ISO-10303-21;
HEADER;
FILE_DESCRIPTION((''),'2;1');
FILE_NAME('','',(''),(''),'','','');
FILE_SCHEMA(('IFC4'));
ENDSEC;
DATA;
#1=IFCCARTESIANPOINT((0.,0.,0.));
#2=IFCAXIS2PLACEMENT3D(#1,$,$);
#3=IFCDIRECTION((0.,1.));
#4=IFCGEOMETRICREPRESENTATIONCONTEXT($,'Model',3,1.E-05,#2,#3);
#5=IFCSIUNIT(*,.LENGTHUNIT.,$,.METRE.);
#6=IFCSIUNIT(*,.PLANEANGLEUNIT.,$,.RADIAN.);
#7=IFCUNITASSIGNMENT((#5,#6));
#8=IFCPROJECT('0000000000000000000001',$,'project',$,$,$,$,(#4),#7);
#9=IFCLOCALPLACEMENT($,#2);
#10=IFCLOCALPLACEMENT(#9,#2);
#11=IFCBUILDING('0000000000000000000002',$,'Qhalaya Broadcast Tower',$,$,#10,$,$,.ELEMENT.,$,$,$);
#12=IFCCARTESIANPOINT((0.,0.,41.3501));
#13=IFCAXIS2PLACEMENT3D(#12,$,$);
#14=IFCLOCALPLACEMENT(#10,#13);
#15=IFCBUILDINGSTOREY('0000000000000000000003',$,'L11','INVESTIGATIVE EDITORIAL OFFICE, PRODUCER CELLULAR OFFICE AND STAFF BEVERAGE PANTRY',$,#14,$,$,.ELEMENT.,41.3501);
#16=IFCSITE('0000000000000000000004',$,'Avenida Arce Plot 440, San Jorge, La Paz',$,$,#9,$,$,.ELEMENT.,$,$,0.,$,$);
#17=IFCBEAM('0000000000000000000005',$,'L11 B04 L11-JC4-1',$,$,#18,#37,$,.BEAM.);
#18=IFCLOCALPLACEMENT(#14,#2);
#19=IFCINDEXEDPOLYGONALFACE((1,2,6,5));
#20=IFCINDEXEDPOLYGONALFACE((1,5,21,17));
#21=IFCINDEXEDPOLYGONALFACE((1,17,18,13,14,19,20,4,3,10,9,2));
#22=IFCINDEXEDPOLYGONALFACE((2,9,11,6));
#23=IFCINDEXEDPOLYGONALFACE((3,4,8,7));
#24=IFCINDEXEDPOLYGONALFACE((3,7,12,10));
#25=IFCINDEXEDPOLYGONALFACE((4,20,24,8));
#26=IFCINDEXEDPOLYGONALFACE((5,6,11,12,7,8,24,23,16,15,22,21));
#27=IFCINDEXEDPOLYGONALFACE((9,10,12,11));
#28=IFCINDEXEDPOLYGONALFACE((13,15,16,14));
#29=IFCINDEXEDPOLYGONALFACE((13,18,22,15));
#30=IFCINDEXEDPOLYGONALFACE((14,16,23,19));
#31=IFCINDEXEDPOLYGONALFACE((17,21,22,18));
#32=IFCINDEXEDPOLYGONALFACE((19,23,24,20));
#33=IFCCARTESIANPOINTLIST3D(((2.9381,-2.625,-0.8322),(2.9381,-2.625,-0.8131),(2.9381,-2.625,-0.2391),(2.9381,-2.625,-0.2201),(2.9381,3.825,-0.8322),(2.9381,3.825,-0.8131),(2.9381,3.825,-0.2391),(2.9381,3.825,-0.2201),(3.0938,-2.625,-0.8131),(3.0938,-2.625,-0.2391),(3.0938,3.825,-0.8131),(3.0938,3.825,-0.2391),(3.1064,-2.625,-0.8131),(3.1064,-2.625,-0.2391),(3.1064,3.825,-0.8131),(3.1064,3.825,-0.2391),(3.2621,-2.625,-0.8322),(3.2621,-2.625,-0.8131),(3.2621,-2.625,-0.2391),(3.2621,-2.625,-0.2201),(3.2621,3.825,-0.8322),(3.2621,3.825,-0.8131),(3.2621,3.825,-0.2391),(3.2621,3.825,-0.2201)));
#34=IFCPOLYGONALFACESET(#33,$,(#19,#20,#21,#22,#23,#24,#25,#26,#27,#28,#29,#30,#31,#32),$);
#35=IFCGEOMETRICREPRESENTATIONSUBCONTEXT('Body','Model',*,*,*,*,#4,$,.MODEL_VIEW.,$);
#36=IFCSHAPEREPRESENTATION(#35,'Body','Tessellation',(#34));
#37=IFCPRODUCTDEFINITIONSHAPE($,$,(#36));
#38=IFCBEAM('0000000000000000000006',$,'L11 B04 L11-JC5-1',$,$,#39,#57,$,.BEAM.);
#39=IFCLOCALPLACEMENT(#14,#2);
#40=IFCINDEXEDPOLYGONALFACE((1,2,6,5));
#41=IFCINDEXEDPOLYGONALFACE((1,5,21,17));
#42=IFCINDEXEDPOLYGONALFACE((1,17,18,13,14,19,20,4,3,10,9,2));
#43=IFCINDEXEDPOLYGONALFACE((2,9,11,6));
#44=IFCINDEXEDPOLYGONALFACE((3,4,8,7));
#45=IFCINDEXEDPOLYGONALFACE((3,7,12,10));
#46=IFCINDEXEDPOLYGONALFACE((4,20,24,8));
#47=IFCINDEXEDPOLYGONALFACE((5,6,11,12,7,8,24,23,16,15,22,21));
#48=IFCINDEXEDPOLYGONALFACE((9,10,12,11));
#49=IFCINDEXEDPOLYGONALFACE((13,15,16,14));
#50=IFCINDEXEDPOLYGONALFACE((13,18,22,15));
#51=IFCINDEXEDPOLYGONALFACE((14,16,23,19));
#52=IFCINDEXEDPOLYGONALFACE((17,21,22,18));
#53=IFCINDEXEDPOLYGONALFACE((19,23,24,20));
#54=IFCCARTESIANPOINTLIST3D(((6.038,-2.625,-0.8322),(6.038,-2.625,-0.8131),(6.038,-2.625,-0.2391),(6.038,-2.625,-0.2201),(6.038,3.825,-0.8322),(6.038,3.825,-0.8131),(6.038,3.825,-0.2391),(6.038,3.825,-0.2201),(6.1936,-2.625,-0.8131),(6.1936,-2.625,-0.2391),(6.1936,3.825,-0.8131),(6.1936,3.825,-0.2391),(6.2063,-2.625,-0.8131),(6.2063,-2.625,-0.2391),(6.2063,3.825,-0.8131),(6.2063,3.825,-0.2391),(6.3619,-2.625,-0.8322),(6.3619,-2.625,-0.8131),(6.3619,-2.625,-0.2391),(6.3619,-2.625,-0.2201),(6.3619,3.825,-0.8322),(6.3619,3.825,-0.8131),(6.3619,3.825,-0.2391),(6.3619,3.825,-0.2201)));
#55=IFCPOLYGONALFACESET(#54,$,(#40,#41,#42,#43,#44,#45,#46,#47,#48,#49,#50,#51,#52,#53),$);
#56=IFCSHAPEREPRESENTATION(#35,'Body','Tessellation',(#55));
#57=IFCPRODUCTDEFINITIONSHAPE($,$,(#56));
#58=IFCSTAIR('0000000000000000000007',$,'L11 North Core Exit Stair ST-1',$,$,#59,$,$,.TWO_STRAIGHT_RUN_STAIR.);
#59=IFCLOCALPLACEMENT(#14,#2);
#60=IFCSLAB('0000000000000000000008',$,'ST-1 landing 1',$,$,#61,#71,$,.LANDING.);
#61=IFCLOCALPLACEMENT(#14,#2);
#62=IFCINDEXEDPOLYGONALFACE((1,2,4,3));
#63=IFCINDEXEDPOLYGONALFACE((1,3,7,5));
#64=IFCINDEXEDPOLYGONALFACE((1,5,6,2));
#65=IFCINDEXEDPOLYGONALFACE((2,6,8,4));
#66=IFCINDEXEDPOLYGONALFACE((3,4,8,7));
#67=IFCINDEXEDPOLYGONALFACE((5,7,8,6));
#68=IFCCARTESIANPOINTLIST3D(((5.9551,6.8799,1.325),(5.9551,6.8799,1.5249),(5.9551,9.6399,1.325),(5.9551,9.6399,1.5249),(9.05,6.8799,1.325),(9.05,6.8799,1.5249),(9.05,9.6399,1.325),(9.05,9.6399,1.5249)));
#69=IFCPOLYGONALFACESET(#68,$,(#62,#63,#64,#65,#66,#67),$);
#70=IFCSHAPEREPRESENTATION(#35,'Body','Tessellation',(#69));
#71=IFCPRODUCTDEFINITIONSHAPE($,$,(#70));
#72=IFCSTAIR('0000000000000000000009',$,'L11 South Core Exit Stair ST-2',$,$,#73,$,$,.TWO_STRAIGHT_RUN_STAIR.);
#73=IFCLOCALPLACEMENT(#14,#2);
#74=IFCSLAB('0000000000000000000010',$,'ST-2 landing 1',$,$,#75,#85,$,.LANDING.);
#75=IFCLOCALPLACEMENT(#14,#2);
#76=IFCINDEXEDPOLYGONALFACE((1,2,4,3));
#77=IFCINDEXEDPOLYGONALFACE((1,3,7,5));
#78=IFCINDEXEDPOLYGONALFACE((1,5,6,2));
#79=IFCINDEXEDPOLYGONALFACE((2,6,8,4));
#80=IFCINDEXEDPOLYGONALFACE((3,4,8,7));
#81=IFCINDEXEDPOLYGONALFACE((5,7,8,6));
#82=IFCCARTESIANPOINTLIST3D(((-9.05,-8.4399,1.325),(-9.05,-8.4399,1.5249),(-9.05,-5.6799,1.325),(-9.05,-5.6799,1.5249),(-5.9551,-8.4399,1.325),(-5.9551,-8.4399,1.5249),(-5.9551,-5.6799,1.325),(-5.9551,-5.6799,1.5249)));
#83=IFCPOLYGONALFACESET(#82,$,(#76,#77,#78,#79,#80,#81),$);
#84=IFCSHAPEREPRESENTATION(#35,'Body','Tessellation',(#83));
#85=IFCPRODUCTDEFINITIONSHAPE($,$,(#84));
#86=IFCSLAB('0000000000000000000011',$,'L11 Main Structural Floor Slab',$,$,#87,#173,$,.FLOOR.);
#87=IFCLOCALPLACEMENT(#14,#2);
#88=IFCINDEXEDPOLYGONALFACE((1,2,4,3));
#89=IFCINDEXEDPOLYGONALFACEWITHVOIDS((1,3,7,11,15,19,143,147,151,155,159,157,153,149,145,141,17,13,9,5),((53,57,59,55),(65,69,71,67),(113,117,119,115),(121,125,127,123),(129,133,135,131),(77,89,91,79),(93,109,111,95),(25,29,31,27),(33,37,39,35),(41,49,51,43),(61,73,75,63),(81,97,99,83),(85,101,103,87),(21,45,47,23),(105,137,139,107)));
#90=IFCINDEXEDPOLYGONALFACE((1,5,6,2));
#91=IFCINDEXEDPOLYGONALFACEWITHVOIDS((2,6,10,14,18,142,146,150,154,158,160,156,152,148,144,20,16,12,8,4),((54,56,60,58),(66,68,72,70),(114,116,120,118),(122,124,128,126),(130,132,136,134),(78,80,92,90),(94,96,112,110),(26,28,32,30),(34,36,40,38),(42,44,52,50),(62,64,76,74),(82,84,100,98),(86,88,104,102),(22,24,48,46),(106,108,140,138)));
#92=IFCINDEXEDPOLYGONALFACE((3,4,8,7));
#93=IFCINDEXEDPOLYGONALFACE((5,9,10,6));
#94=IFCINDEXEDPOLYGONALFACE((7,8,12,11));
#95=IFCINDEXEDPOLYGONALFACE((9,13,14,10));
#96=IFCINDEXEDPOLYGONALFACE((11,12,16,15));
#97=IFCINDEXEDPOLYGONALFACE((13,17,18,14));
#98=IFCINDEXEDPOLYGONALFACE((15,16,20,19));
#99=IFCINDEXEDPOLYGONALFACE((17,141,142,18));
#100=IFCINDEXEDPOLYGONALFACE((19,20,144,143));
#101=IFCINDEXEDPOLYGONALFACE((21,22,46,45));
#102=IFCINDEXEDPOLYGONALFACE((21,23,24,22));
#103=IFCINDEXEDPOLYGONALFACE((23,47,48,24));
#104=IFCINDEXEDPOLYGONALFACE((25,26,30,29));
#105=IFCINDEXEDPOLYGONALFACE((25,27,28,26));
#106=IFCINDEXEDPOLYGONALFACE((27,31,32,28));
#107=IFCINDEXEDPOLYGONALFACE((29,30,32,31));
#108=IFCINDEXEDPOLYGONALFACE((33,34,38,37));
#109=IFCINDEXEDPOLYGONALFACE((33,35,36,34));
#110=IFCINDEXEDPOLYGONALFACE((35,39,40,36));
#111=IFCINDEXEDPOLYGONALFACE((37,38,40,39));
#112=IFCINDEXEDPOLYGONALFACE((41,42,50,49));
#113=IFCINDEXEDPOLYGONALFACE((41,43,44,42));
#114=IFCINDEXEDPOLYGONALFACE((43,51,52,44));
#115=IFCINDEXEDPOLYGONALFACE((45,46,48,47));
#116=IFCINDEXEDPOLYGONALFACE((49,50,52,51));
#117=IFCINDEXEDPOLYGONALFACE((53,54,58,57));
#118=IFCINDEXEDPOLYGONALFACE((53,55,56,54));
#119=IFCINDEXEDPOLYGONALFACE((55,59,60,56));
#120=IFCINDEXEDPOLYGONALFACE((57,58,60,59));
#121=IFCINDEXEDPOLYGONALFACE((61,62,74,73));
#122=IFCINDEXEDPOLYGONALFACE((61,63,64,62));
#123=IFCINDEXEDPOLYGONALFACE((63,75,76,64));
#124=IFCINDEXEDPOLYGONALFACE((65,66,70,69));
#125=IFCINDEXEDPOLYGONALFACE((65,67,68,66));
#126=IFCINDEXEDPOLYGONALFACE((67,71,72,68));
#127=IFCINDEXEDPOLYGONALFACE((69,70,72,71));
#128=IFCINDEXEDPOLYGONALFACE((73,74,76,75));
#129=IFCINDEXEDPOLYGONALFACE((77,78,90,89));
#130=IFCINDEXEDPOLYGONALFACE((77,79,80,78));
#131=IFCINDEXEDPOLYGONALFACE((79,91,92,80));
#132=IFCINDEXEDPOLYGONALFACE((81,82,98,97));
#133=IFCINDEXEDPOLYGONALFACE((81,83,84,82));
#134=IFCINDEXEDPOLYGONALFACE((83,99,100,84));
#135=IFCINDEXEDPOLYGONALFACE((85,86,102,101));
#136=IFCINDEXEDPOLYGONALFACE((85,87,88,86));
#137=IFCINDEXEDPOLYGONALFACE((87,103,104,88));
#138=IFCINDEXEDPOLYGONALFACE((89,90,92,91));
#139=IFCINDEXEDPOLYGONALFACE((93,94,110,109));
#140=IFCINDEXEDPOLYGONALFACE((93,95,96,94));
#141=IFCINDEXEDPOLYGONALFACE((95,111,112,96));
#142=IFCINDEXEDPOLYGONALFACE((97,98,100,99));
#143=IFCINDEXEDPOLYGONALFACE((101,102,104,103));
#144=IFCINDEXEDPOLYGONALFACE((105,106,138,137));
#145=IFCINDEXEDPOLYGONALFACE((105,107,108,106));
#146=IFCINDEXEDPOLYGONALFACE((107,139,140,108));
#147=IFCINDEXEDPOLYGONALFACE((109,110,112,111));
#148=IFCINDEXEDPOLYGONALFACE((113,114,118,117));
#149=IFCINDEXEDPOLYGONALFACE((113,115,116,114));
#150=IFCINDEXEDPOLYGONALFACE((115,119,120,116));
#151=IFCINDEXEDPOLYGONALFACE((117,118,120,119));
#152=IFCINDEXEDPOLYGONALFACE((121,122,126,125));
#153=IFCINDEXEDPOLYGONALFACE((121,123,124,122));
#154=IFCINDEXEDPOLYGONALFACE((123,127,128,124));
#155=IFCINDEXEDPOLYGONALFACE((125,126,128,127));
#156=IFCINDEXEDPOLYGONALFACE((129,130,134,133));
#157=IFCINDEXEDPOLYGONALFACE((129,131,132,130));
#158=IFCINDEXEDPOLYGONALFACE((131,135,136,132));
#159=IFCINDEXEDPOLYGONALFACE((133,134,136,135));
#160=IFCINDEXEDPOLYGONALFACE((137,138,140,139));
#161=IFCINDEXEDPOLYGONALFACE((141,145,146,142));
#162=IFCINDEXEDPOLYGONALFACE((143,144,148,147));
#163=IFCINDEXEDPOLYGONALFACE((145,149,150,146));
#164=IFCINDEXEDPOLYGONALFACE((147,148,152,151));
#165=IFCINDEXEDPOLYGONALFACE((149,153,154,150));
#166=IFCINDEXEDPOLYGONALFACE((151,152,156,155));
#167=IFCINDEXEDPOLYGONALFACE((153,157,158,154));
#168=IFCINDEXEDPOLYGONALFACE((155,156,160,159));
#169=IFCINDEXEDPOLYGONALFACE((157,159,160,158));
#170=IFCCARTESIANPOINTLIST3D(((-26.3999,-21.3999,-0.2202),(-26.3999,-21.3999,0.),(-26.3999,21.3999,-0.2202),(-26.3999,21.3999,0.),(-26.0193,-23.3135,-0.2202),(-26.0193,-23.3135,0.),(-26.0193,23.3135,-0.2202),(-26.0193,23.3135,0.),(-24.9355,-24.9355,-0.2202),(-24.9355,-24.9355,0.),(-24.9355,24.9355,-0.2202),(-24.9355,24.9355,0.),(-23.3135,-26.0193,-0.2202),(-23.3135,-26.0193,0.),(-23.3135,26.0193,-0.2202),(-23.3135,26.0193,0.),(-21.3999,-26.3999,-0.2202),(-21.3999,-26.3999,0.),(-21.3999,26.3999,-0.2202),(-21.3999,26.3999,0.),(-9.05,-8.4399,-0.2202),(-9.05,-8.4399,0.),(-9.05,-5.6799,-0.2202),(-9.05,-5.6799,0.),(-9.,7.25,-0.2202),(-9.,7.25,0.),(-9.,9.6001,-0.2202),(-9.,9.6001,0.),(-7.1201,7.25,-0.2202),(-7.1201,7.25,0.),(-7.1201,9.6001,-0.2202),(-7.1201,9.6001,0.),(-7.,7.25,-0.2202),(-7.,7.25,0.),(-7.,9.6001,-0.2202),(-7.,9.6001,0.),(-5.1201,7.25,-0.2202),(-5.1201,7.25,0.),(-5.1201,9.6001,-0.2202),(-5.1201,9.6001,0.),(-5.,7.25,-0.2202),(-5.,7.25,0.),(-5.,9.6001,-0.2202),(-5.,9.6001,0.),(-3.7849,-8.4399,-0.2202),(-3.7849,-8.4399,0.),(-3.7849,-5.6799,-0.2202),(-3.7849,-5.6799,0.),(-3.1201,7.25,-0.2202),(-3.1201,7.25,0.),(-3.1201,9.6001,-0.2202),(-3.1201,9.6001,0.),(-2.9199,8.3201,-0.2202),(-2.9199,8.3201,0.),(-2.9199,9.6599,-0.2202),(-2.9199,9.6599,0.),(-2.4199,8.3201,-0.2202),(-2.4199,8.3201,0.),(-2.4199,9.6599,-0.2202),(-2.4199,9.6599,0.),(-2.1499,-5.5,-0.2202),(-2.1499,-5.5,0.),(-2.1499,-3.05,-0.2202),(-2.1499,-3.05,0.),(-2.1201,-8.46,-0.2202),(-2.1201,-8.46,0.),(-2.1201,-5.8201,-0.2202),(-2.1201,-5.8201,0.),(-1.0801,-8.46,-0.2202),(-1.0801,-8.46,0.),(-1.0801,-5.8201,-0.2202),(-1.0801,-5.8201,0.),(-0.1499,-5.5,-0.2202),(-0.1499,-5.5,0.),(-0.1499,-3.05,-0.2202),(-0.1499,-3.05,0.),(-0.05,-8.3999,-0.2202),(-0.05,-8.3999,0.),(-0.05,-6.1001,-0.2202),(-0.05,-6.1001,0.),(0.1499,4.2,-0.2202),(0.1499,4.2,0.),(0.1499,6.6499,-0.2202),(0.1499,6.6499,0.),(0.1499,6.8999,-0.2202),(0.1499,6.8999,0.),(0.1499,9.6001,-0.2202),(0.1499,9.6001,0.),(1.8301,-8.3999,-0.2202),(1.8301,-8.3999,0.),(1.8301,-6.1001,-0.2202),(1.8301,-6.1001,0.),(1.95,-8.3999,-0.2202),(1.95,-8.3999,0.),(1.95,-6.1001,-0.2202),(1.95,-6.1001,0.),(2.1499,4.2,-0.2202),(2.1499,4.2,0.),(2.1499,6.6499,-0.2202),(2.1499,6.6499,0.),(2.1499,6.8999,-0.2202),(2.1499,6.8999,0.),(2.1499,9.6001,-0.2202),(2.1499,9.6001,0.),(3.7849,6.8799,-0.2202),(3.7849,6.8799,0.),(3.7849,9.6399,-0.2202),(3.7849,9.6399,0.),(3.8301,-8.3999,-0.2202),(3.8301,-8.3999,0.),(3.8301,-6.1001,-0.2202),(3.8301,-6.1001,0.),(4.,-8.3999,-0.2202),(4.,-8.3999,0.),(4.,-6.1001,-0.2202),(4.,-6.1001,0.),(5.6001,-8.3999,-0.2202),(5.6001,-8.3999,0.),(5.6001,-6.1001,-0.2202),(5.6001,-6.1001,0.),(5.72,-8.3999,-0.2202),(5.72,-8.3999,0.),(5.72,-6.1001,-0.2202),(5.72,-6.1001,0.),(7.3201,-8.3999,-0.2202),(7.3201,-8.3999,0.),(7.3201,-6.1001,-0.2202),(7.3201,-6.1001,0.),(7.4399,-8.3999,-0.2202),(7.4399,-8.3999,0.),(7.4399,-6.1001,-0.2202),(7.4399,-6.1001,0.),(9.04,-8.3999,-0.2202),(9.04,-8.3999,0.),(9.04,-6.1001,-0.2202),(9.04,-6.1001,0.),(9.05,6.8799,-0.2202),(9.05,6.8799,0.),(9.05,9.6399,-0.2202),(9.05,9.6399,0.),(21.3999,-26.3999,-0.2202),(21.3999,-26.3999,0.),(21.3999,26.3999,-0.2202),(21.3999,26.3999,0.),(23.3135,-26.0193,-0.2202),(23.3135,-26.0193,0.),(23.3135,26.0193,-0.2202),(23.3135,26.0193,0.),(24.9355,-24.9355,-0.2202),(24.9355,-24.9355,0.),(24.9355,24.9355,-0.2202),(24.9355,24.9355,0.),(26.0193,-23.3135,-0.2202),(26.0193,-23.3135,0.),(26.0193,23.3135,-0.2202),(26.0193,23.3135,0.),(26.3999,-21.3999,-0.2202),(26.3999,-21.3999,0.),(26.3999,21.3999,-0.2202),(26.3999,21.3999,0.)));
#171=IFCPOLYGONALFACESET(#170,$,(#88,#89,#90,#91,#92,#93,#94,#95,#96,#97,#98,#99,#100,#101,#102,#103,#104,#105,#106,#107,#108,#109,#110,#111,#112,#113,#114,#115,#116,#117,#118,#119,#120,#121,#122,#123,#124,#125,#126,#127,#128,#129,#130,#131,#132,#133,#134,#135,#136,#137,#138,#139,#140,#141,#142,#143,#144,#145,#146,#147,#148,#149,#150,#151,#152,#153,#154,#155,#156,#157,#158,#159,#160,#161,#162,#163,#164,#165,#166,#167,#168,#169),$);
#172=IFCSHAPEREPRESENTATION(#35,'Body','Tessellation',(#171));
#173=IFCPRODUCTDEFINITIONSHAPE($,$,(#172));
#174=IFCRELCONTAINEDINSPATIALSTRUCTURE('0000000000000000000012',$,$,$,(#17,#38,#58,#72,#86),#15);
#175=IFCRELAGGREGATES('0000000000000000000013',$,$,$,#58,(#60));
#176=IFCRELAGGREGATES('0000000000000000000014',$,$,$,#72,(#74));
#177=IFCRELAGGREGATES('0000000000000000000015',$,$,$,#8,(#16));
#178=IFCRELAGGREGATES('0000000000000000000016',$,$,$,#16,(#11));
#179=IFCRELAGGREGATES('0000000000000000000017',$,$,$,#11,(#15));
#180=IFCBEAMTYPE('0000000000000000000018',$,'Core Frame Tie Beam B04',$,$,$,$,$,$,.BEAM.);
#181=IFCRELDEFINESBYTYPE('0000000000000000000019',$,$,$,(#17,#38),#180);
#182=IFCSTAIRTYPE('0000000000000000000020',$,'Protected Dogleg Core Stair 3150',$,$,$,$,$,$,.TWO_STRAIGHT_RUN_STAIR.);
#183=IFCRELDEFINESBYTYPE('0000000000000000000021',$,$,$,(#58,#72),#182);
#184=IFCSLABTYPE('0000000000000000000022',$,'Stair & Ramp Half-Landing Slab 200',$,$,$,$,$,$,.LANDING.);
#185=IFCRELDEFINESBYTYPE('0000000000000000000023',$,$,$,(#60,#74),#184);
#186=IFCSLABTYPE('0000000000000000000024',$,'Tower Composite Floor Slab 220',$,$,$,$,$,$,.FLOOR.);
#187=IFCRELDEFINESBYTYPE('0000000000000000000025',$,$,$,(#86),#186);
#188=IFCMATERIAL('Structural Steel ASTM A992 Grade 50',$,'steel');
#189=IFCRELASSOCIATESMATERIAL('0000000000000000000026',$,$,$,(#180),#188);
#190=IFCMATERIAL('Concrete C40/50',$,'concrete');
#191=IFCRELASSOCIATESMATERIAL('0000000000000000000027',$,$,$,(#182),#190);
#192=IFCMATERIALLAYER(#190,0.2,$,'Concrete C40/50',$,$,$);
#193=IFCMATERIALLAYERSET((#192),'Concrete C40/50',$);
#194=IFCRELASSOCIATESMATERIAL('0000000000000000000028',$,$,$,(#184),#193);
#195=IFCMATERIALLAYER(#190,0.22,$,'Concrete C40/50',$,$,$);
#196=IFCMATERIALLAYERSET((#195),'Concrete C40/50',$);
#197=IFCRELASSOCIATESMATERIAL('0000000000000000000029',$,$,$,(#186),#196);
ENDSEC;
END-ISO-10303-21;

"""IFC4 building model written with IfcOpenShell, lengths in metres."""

from ifc_helpers import new_model, si_unit, direction, frame, origin, origin_2d, place, context, subcontext, project, spatial, polyline, i_section, outline, extrude, material, layer, layer_set, material_profile, profile_set, type_object, element, aggregate, save


model = new_model("IFC4")

# Units and contexts
model_context = context("Model", 3, precision=1e-05, world=origin(), true_north=direction((0.0, 1.0)))
body_context = subcontext(model_context, "Body", "Model", "MODEL_VIEW")
ifc_project = project(units=[si_unit("LENGTHUNIT", "METRE"), si_unit("PLANEANGLEUNIT", "RADIAN")], contexts=[model_context])

# Site, building, storey
site_placement = place(None, origin())
site = spatial("IfcSite", under=ifc_project, at=site_placement, Name="Avenida Arce Plot 440, San Jorge, La Paz", CompositionType="ELEMENT", RefElevation=0.0)
building_placement = place(site_placement, origin())
building = spatial("IfcBuilding", under=site, at=building_placement, Name="Qhalaya Broadcast Tower", CompositionType="ELEMENT")
storey_placement = place(building_placement, frame((0.0, 0.0, 41.3501)))
storey = spatial("IfcBuildingStorey", under=building, at=storey_placement, Name="L11", Description="INVESTIGATIVE EDITORIAL OFFICE, PRODUCER CELLULAR OFFICE AND STAFF BEVERAGE PANTRY", CompositionType="ELEMENT", Elevation=41.3501)

# Beams
ifc_material_1 = material(Name="Structural Steel ASTM A992 Grade 50", Category="steel")
ifc_material_profile = material_profile(ifc_material_1, i_section(OverallWidth=0.324, OverallDepth=0.6121, WebThickness=0.0127, FlangeThickness=0.019, at=origin_2d()), Name="W24X104")
ifc_profile_set = profile_set([ifc_material_profile], Name="Structural Steel ASTM A992 Grade 50")
beam_type = type_object("IfcBeamType", Name="Core Frame Tie Beam B04", PredefinedType="BEAM", material=ifc_profile_set)
for number, where, z_axis, x_axis, name in (
    (1, (3.1001, -2.625, -0.5261), (0.0, 1.0, 0.0), (-1.0, 0.0, 0.0), "L11 B04 L11-JC4-1"),
    (2, (6.2, -2.625, -0.5261), (0.0, 1.0, 0.0), (-1.0, 0.0, 0.0), "L11 B04 L11-JC5-1"),
):
    element("IfcBeam", number, at=place(storey_placement, frame(where, z_axis=z_axis, x_axis=x_axis)), inside=storey, type_object=beam_type, Name=name, PredefinedType="BEAM", context=body_context, shape_type="SweptSolid", body=[
        extrude(i_section(OverallWidth=0.324, OverallDepth=0.6121, WebThickness=0.0127, FlangeThickness=0.019, at=origin_2d()), origin(), (0.0, 0.0, 1.0), 6.45),
    ])

# Stairs, slabs
ifc_material_2 = material(Name="Concrete C40/50", Category="concrete")
stair_type = type_object("IfcStairType", Name="Protected Dogleg Core Stair 3150", PredefinedType="TWO_STRAIGHT_RUN_STAIR", material=ifc_material_2)
stair_1_placement = place(storey_placement, origin())
stair_1 = element("IfcStair", 3, at=stair_1_placement, inside=storey, type_object=stair_type, Name="L11 North Core Exit Stair ST-1", PredefinedType="TWO_STRAIGHT_RUN_STAIR")
ifc_layer_1 = layer(ifc_material_2, 0.2, Name="Concrete C40/50")
ifc_layer_set_1 = layer_set([ifc_layer_1], Name="Concrete C40/50")
slab_type_1 = type_object("IfcSlabType", Name="Stair & Ramp Half-Landing Slab 200", PredefinedType="LANDING", material=ifc_layer_set_1)
slab_1_placement = place(storey_placement, frame((0.0, 0.0, 1.325)))
slab_1 = element("IfcSlab", 4, at=slab_1_placement, type_object=slab_type_1, Name="ST-1 landing 1", PredefinedType="LANDING", context=body_context, shape_type="SweptSolid", body=[
    extrude(outline(polyline([(5.9551, 6.8799), (9.05, 6.8799), (9.05, 9.6399), (5.9551, 9.6399), (5.9551, 6.8799)])), origin(), (0.0, 0.0, 1.0), 0.2),
])
aggregate(stair_1, [slab_1])
stair_2_placement = place(storey_placement, origin())
stair_2 = element("IfcStair", 5, at=stair_2_placement, inside=storey, type_object=stair_type, Name="L11 South Core Exit Stair ST-2", PredefinedType="TWO_STRAIGHT_RUN_STAIR")
slab_2_placement = place(storey_placement, frame((0.0, 0.0, 1.325)))
slab_2 = element("IfcSlab", 6, at=slab_2_placement, type_object=slab_type_1, Name="ST-2 landing 1", PredefinedType="LANDING", context=body_context, shape_type="SweptSolid", body=[
    extrude(outline(polyline([(-5.9551, -5.6799), (-9.05, -5.6799), (-9.05, -8.4399), (-5.9551, -8.4399), (-5.9551, -5.6799)])), origin(), (0.0, 0.0, 1.0), 0.2),
])
aggregate(stair_2, [slab_2])

# Slab
ifc_layer_2 = layer(ifc_material_2, 0.22, Name="Concrete C40/50")
ifc_layer_set_2 = layer_set([ifc_layer_2], Name="Concrete C40/50")
slab_type_2 = type_object("IfcSlabType", Name="Tower Composite Floor Slab 220", PredefinedType="FLOOR", material=ifc_layer_set_2)
slab_3_placement = place(storey_placement, frame((0.0, 0.0, -0.2202)))
element("IfcSlab", 7, at=slab_3_placement, inside=storey, type_object=slab_type_2, Name="L11 Main Structural Floor Slab", PredefinedType="FLOOR", context=body_context, shape_type="SweptSolid", body=[
    extrude(outline(polyline([(21.3999, -26.3999), (23.3135, -26.0193), (24.9355, -24.9355), (26.0193, -23.3135), (26.3999, -21.3999), (26.3999, 21.3999), (26.0193, 23.3135), (24.9355, 24.9355), (23.3135, 26.0193), (21.3999, 26.3999), (-21.3999, 26.3999), (-23.3135, 26.0193), (-24.9355, 24.9355), (-26.0193, 23.3135), (-26.3999, 21.3999), (-26.3999, -21.3999), (-26.0193, -23.3135), (-24.9355, -24.9355), (-23.3135, -26.0193), (-21.3999, -26.3999), (21.3999, -26.3999)]), holes=[polyline([(3.7849, 9.6399), (9.05, 9.6399), (9.05, 6.8799), (3.7849, 6.8799), (3.7849, 9.6399)]), polyline([(-3.7849, -8.4399), (-9.05, -8.4399), (-9.05, -5.6799), (-3.7849, -5.6799), (-3.7849, -8.4399)]), polyline([(0.1499, 6.6499), (2.1499, 6.6499), (2.1499, 4.2), (0.1499, 4.2), (0.1499, 6.6499)]), polyline([(0.1499, 9.6001), (2.1499, 9.6001), (2.1499, 6.8999), (0.1499, 6.8999), (0.1499, 9.6001)]), polyline([(-2.1499, -3.05), (-0.1499, -3.05), (-0.1499, -5.5), (-2.1499, -5.5), (-2.1499, -3.05)]), polyline([(-9.0, 9.6001), (-7.1201, 9.6001), (-7.1201, 7.25), (-9.0, 7.25), (-9.0, 9.6001)]), polyline([(-7.0, 9.6001), (-5.1201, 9.6001), (-5.1201, 7.25), (-7.0, 7.25), (-7.0, 9.6001)]), polyline([(-5.0, 9.6001), (-3.1201, 9.6001), (-3.1201, 7.25), (-5.0, 7.25), (-5.0, 9.6001)]), polyline([(-0.05, -6.1001), (1.8301, -6.1001), (1.8301, -8.3999), (-0.05, -8.3999), (-0.05, -6.1001)]), polyline([(1.95, -6.1001), (3.8301, -6.1001), (3.8301, -8.3999), (1.95, -8.3999), (1.95, -6.1001)]), polyline([(4.0, -6.1001), (5.6001, -6.1001), (5.6001, -8.3999), (4.0, -8.3999), (4.0, -6.1001)]), polyline([(5.72, -6.1001), (7.3201, -6.1001), (7.3201, -8.3999), (5.72, -8.3999), (5.72, -6.1001)]), polyline([(7.4399, -6.1001), (9.04, -6.1001), (9.04, -8.3999), (7.4399, -8.3999), (7.4399, -6.1001)]), polyline([(-2.9199, 9.6599), (-2.4199, 9.6599), (-2.4199, 8.3201), (-2.9199, 8.3201), (-2.9199, 9.6599)]), polyline([(-2.1201, -5.8201), (-1.0801, -5.8201), (-1.0801, -8.46), (-2.1201, -8.46), (-2.1201, -5.8201)])]), origin(), (0.0, 0.0, 1.0), 0.2202),
])

save(model, "model.ifc")
